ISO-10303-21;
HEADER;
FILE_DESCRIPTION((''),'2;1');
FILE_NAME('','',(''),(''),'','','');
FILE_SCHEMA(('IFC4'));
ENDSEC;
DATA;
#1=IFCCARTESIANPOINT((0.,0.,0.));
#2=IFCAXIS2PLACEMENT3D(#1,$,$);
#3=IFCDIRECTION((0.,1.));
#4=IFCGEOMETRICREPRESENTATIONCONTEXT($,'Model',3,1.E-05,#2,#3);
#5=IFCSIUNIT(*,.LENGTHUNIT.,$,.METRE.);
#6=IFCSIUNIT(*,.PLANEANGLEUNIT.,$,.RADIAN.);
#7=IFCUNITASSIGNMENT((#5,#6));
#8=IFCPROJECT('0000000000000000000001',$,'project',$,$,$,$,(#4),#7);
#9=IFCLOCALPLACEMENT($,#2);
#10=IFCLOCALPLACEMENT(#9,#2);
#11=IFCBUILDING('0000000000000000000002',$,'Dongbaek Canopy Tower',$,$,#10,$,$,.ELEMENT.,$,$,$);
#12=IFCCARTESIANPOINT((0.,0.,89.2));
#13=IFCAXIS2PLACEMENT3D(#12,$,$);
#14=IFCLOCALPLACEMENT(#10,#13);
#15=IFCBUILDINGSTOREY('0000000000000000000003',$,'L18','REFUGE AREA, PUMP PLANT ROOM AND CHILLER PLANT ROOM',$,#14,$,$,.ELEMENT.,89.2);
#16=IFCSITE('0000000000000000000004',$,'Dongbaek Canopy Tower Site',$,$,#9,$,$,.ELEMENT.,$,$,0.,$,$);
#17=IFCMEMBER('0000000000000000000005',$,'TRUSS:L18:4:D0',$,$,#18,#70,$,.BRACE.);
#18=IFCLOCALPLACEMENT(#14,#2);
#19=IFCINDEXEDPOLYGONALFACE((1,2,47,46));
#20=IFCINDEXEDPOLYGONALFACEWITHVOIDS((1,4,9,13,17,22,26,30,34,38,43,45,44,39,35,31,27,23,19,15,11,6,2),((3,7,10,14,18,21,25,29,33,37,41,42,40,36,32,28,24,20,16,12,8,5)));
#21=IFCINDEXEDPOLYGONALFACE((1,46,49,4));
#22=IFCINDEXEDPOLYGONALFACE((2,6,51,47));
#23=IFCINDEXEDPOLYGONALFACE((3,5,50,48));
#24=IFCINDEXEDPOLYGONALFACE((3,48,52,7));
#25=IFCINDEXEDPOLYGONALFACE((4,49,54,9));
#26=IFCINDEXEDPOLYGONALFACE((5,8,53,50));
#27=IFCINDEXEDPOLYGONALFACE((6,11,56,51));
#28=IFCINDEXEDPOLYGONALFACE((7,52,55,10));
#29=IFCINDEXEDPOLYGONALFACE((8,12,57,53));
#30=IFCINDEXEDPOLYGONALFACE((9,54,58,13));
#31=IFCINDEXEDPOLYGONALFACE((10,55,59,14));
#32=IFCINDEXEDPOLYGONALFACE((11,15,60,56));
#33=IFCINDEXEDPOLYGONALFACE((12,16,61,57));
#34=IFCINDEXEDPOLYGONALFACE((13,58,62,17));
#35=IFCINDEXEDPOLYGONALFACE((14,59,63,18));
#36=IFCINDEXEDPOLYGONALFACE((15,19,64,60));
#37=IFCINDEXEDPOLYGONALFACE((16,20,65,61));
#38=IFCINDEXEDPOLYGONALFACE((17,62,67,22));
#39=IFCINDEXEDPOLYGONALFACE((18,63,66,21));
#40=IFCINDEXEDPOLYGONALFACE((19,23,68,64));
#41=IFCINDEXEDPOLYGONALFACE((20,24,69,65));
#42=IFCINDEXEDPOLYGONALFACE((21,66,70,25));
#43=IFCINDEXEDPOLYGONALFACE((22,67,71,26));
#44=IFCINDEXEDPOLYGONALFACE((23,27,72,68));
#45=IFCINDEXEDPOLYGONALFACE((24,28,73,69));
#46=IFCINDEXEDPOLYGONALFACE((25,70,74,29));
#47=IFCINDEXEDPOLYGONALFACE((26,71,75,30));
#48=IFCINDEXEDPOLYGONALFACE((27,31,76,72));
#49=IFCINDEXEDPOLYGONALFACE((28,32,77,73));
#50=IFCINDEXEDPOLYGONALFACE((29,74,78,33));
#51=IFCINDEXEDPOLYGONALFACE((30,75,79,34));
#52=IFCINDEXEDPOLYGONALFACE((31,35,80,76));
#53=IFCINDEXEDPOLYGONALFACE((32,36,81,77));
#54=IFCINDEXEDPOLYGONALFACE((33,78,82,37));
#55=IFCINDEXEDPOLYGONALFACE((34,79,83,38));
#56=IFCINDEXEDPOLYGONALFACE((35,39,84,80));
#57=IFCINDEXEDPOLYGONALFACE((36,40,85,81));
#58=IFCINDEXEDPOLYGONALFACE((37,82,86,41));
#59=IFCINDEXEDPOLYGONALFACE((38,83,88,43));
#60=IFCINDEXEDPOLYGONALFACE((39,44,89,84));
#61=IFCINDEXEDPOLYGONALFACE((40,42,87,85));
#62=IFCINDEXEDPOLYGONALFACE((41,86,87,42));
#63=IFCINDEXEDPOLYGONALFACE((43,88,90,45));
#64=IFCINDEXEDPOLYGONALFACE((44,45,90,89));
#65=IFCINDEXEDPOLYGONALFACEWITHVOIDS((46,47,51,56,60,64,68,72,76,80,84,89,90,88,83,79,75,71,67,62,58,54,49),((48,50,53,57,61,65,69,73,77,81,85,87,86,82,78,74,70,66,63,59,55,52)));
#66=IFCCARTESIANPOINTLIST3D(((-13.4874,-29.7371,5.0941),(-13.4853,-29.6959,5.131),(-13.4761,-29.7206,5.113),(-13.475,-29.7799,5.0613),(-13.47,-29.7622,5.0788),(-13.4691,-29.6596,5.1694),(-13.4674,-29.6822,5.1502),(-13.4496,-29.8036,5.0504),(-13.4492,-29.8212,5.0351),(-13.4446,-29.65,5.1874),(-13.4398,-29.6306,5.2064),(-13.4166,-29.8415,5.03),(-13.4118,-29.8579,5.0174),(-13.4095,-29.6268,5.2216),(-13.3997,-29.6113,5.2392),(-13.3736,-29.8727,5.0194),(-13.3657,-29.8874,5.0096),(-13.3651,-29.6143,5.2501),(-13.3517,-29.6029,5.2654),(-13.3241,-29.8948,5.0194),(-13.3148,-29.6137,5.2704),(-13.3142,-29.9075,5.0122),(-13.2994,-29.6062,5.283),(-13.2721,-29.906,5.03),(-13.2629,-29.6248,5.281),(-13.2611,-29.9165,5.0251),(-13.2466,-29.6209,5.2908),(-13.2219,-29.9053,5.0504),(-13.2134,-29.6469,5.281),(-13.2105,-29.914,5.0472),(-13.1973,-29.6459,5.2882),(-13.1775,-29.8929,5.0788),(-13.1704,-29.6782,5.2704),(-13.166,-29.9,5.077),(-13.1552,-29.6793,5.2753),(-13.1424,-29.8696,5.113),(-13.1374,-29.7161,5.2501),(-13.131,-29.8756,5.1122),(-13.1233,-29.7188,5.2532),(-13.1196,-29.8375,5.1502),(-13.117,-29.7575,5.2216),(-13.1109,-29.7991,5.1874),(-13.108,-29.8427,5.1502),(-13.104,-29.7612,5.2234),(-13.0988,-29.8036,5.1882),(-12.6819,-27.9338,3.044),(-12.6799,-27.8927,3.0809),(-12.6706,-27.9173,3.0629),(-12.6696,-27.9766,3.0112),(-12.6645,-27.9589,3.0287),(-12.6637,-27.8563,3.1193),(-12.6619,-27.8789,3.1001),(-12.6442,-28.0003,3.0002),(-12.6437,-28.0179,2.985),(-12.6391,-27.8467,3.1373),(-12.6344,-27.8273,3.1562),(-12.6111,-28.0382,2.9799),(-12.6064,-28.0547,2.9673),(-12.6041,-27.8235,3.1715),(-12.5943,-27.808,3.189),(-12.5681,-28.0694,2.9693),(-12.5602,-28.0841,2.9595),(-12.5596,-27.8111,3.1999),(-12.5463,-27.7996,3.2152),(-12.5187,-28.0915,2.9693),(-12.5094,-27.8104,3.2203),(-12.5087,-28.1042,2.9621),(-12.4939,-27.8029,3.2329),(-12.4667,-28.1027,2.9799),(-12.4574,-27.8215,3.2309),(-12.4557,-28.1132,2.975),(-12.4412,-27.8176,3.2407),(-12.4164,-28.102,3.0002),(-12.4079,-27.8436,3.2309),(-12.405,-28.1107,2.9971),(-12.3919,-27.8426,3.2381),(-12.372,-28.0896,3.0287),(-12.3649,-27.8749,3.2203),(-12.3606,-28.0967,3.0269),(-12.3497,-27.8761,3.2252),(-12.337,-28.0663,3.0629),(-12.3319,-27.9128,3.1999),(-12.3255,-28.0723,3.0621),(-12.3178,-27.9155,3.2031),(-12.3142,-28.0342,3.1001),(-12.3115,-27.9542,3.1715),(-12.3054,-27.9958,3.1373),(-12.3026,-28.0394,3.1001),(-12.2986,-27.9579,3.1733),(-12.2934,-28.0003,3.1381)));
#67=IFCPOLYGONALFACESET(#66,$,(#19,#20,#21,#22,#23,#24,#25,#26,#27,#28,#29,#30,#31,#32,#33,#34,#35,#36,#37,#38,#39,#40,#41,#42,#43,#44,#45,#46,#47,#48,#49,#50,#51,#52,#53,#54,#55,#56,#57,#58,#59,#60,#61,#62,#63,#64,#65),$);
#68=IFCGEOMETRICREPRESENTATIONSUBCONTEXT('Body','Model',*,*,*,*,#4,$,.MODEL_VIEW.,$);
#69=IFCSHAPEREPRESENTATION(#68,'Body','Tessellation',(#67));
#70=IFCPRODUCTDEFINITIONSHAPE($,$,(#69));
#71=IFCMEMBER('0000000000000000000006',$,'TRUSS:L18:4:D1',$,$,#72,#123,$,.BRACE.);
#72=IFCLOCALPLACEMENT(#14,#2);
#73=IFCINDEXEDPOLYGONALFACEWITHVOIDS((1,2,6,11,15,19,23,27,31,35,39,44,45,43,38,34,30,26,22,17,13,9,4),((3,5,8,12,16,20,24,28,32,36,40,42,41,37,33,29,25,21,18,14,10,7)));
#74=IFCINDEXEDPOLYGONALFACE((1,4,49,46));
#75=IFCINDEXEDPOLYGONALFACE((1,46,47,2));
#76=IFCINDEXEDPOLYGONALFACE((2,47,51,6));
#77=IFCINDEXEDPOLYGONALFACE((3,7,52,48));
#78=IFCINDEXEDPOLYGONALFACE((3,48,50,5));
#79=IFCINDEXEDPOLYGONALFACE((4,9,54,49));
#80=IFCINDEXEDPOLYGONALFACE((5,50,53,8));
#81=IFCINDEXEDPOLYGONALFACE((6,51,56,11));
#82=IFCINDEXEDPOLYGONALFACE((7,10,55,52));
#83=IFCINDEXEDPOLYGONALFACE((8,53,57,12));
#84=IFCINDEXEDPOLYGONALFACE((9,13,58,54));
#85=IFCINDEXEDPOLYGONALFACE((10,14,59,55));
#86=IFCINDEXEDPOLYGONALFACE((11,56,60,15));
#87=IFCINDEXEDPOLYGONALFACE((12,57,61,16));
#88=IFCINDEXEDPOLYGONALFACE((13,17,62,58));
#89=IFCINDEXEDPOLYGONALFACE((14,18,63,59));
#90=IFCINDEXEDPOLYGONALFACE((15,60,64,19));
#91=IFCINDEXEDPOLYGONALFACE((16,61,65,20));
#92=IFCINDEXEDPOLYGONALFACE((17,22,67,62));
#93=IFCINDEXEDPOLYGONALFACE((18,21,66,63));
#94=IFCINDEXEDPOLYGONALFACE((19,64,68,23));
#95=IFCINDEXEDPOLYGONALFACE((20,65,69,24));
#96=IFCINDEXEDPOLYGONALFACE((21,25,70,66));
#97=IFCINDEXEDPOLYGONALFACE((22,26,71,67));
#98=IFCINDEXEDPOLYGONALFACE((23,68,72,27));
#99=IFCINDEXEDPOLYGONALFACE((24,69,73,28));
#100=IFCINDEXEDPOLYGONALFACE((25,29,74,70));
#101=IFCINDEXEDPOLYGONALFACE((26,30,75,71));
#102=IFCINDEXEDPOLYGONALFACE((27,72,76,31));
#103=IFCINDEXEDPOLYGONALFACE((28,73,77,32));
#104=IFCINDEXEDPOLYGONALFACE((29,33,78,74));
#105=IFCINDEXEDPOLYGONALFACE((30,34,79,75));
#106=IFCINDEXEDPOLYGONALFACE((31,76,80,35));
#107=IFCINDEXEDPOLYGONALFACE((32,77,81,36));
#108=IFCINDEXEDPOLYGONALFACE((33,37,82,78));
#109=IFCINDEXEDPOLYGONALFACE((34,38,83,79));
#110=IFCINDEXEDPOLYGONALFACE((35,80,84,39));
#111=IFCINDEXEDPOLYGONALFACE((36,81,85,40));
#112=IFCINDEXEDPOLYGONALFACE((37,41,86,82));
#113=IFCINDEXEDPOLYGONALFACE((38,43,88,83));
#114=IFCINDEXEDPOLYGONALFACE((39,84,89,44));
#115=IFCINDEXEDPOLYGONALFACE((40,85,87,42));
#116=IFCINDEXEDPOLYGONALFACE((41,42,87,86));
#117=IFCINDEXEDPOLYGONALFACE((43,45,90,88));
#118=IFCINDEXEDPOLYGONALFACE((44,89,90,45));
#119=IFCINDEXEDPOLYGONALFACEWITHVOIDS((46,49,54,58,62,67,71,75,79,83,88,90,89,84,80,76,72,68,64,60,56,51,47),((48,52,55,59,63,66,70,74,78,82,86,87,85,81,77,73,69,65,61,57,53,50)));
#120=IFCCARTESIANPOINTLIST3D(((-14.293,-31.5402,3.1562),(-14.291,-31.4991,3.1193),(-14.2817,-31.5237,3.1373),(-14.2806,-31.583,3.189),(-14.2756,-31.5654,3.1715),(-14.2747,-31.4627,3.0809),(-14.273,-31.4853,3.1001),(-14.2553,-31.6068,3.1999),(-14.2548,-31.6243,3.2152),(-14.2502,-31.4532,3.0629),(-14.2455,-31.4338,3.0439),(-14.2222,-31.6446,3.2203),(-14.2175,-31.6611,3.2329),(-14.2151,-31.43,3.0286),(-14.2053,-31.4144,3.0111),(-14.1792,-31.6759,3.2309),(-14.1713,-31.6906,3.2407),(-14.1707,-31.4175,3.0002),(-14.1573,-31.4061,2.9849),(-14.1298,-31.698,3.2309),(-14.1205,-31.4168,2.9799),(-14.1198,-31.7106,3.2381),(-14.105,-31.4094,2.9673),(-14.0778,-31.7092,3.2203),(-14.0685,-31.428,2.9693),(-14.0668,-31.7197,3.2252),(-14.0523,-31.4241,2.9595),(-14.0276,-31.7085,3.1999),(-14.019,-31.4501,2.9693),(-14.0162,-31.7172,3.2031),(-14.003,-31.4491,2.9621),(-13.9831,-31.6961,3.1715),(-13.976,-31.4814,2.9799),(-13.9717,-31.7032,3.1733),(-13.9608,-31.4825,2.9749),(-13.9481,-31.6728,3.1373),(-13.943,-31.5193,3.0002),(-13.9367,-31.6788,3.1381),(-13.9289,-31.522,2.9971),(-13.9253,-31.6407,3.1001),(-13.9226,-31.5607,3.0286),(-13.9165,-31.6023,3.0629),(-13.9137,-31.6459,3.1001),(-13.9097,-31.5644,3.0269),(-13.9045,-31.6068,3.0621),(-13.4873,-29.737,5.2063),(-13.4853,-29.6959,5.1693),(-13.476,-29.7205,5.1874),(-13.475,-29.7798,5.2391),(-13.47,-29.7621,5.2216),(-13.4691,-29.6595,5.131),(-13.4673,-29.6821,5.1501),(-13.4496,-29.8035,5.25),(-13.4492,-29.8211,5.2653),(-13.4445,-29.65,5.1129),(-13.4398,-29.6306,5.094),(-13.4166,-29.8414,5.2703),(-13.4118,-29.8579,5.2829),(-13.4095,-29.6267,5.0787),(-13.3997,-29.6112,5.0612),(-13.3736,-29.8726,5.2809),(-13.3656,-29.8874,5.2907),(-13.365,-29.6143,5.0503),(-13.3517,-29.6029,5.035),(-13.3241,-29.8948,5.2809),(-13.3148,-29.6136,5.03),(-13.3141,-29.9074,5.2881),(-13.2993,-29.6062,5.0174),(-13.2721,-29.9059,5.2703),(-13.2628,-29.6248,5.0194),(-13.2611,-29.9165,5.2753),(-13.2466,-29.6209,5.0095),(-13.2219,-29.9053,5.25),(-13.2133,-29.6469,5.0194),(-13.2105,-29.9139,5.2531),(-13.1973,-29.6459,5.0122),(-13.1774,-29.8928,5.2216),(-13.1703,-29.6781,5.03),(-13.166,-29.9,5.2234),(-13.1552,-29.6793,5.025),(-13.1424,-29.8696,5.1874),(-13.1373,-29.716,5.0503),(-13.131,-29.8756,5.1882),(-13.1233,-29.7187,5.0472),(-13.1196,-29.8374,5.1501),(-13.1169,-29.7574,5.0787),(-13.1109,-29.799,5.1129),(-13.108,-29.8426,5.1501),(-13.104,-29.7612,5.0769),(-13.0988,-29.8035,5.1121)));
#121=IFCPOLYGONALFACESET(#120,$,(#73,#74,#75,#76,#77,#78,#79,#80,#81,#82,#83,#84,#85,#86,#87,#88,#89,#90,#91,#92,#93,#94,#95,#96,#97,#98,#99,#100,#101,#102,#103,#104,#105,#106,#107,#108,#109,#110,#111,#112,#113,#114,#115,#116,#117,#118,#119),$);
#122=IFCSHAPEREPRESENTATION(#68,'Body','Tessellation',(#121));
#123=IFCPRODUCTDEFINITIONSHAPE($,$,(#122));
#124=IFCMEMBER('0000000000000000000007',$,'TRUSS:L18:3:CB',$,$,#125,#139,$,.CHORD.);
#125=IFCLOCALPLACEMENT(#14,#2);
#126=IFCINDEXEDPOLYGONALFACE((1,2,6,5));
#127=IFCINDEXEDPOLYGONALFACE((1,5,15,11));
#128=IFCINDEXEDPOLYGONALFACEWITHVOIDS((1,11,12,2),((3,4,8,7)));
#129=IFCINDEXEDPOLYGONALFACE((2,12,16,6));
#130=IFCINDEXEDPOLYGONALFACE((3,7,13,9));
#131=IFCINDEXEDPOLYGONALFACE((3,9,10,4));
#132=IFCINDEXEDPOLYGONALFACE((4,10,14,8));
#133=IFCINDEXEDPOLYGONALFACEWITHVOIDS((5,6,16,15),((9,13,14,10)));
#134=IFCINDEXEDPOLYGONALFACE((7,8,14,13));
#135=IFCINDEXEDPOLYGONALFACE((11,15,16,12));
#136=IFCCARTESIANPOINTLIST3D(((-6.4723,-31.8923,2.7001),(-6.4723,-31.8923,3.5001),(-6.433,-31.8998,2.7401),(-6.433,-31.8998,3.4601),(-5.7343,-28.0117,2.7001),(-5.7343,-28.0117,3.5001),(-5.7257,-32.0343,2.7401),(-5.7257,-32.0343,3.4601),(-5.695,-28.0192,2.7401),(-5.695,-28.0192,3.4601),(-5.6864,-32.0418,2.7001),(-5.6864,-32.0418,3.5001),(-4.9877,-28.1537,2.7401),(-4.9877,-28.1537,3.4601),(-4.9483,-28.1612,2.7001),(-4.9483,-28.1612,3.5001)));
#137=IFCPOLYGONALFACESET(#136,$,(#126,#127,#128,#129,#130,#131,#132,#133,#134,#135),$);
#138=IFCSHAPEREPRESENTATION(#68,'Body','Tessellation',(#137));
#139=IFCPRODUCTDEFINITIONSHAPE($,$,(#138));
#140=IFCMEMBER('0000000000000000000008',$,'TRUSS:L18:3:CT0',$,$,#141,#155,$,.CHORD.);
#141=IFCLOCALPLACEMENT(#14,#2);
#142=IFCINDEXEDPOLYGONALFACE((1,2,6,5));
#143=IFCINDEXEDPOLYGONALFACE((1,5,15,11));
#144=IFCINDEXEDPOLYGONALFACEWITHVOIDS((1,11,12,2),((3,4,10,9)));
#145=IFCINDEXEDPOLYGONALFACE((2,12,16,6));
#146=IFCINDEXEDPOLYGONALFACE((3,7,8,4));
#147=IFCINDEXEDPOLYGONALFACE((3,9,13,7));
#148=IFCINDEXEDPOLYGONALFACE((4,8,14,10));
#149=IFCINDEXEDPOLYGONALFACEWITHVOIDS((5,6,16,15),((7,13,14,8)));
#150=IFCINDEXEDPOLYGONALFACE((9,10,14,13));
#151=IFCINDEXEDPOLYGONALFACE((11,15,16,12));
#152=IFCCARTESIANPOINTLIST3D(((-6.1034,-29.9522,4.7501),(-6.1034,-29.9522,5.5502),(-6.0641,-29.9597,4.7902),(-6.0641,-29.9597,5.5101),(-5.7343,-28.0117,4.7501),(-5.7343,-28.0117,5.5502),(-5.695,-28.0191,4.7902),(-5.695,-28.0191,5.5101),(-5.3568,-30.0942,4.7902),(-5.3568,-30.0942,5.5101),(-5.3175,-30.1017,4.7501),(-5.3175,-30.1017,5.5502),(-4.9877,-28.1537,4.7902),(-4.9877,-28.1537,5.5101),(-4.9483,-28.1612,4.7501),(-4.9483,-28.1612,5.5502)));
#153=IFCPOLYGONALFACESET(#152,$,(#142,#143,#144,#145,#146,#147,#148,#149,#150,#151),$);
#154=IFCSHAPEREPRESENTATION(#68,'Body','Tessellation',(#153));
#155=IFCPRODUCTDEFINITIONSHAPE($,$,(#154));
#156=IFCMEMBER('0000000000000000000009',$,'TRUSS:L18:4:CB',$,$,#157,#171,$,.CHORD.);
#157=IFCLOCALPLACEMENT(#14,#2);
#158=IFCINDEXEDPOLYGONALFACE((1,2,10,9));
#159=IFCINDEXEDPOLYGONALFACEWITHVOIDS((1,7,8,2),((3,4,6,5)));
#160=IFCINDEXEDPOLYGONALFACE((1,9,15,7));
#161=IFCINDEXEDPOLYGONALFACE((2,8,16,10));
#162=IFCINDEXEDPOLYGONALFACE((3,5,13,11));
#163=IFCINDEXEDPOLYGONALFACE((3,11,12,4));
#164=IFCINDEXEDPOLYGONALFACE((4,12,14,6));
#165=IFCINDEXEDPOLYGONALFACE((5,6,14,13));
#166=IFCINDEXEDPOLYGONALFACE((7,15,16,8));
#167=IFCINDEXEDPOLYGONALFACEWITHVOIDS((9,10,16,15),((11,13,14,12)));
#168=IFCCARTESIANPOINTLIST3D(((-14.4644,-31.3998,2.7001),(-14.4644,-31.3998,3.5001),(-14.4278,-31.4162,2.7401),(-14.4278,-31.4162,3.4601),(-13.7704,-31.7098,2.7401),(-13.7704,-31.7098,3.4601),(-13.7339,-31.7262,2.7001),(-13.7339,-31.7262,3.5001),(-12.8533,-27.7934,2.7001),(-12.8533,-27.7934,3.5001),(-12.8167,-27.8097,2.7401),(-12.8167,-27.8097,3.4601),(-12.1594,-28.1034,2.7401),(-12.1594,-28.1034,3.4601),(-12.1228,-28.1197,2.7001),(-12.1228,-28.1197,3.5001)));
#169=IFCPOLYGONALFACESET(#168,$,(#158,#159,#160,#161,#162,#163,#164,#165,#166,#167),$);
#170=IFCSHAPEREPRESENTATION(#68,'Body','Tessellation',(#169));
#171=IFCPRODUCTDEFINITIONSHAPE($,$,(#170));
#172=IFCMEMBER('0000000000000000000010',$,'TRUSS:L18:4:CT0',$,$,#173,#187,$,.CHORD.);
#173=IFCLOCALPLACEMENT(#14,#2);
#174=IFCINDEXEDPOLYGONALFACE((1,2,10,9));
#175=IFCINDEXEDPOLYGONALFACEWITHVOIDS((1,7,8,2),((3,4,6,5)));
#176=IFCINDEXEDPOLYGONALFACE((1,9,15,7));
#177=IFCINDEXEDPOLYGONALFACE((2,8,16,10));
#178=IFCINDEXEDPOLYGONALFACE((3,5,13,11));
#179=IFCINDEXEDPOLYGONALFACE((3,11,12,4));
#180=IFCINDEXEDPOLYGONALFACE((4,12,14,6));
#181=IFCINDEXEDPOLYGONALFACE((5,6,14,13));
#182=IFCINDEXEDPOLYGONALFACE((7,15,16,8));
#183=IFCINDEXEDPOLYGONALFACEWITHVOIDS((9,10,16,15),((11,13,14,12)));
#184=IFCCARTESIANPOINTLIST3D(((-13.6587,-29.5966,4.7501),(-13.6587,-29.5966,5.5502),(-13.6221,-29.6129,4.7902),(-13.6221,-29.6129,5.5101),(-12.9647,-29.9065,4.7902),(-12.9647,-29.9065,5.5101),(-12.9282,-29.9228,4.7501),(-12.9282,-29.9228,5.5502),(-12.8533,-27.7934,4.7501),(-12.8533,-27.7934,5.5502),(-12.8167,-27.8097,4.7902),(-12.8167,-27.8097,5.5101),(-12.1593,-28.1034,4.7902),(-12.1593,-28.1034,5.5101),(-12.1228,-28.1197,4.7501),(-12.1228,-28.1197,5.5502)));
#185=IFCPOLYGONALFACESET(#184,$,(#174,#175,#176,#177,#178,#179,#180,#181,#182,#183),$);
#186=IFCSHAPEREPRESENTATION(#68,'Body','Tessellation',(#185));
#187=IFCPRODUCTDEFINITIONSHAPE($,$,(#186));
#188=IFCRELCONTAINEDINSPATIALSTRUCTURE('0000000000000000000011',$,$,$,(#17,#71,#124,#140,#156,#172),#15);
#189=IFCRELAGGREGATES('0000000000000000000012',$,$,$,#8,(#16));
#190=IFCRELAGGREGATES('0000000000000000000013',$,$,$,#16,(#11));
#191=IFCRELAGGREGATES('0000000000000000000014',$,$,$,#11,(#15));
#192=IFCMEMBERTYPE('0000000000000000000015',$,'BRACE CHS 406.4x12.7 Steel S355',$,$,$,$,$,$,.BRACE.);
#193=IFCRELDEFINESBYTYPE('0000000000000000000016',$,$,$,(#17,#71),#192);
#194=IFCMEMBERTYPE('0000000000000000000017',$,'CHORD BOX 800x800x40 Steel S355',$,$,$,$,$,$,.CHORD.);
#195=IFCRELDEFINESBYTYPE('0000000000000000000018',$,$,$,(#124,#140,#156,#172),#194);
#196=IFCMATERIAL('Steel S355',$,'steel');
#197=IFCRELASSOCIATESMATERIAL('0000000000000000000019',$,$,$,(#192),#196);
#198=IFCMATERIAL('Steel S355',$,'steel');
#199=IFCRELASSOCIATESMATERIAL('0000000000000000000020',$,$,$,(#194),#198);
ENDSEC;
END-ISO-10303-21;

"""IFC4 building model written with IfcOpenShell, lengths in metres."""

from ifc_helpers import new_model, si_unit, direction, frame, origin, origin_2d, place, context, subcontext, project, spatial, hollow_rectangle, hollow_circle, extrude, material, material_profile, profile_set, type_object, element, save


model = new_model("IFC4")

# Units and contexts
model_context = context("Model", 3, precision=1e-05, world=origin(), true_north=direction((0.0, 1.0)))
body_context = subcontext(model_context, "Body", "Model", "MODEL_VIEW")
ifc_project = project(units=[si_unit("LENGTHUNIT", "METRE"), si_unit("PLANEANGLEUNIT", "RADIAN")], contexts=[model_context])

# Site, building, storey
site_placement = place(None, origin())
site = spatial("IfcSite", under=ifc_project, at=site_placement, Name="Dongbaek Canopy Tower Site", CompositionType="ELEMENT", RefElevation=0.0)
building_placement = place(site_placement, origin())
building = spatial("IfcBuilding", under=site, at=building_placement, Name="Dongbaek Canopy Tower", CompositionType="ELEMENT")
storey_placement = place(building_placement, frame((0.0, 0.0, 89.2)))
storey = spatial("IfcBuildingStorey", under=building, at=storey_placement, Name="L18", Description="REFUGE AREA, PUMP PLANT ROOM AND CHILLER PLANT ROOM", CompositionType="ELEMENT", Elevation=89.2)

# Members
ifc_material_1 = material(Name="Steel S355", Category="steel")
ifc_material_profile_1 = material_profile(ifc_material_1, hollow_circle(Radius=0.2031, WallThickness=0.0127, at=origin_2d()), Name="BRACE CHS 406.4x12.7 Steel S355")
ifc_profile_set_1 = profile_set([ifc_material_profile_1], Name="Steel S355")
member_type_1 = type_object("IfcMemberType", Name="BRACE CHS 406.4x12.7 Steel S355", PredefinedType="BRACE", material=ifc_profile_set_1)
for number, where, z_axis, x_axis, name in (
    (1, (-12.488, -27.9565, 3.1001), (-0.282943, -0.63347, 0.72018), (0.913061, -0.407824, 0.0), "TRUSS:L18:4:D0"),
    (2, (-13.2935, -29.7598, 5.1501), (-0.283022, -0.633455, -0.720162), (0.913015, -0.407927, 0.0), "TRUSS:L18:4:D1"),
):
    element("IfcMember", number, at=place(storey_placement, frame(where, z_axis=z_axis, x_axis=x_axis)), inside=storey, type_object=member_type_1, Name=name, PredefinedType="BRACE", context=body_context, shape_type="SweptSolid", body=[
        extrude(hollow_circle(Radius=0.2031, WallThickness=0.0127, at=origin_2d()), origin(), (0.0, 0.0, 1.0), 2.8467),
    ])
ifc_material_2 = material(Name="Steel S355", Category="steel")
ifc_material_profile_2 = material_profile(ifc_material_2, hollow_rectangle(XDim=0.8, YDim=0.8, WallThickness=0.04, at=origin_2d()), Name="CHORD BOX 800x800x40 Steel S355")
ifc_profile_set_2 = profile_set([ifc_material_profile_2], Name="Steel S355")
member_type_2 = type_object("IfcMemberType", Name="CHORD BOX 800x800x40 Steel S355", PredefinedType="CHORD", material=ifc_profile_set_2)
member_1_placement = place(storey_placement, frame((-5.3413, -28.0864, 3.1001), z_axis=(-0.186837, -0.982391, 0.0), x_axis=(0.982391, -0.186837, 0.0)))
element("IfcMember", 3, at=member_1_placement, inside=storey, type_object=member_type_2, Name="TRUSS:L18:3:CB", PredefinedType="CHORD", context=body_context, shape_type="SweptSolid", body=[
    extrude(hollow_rectangle(XDim=0.8, YDim=0.8, WallThickness=0.04, at=origin_2d()), origin(), (0.0, 0.0, 1.0), 3.9502),
])
member_2_placement = place(storey_placement, frame((-5.3413, -28.0864, 5.1501), z_axis=(-0.186885, -0.982382, 0.0), x_axis=(0.982382, -0.186885, 0.0)))
element("IfcMember", 4, at=member_2_placement, inside=storey, type_object=member_type_2, Name="TRUSS:L18:3:CT0", PredefinedType="CHORD", context=body_context, shape_type="SweptSolid", body=[
    extrude(hollow_rectangle(XDim=0.8, YDim=0.8, WallThickness=0.04, at=origin_2d()), origin(), (0.0, 0.0, 1.0), 1.9753),
])
member_3_placement = place(storey_placement, frame((-12.488, -27.9565, 3.1001), z_axis=(-0.407875, -0.913038, 0.0), x_axis=(0.913038, -0.407875, 0.0)))
element("IfcMember", 5, at=member_3_placement, inside=storey, type_object=member_type_2, Name="TRUSS:L18:4:CB", PredefinedType="CHORD", context=body_context, shape_type="SweptSolid", body=[
    extrude(hollow_rectangle(XDim=0.8, YDim=0.8, WallThickness=0.04, at=origin_2d()), origin(), (0.0, 0.0, 1.0), 3.95),
])
member_4_placement = place(storey_placement, frame((-12.488, -27.9565, 5.1501), z_axis=(-0.407824, -0.913061, 0.0), x_axis=(0.913061, -0.407824, 0.0)))
element("IfcMember", 6, at=member_4_placement, inside=storey, type_object=member_type_2, Name="TRUSS:L18:4:CT0", PredefinedType="CHORD", context=body_context, shape_type="SweptSolid", body=[
    extrude(hollow_rectangle(XDim=0.8, YDim=0.8, WallThickness=0.04, at=origin_2d()), origin(), (0.0, 0.0, 1.0), 1.9749),
])

save(model, "model.ifc")
